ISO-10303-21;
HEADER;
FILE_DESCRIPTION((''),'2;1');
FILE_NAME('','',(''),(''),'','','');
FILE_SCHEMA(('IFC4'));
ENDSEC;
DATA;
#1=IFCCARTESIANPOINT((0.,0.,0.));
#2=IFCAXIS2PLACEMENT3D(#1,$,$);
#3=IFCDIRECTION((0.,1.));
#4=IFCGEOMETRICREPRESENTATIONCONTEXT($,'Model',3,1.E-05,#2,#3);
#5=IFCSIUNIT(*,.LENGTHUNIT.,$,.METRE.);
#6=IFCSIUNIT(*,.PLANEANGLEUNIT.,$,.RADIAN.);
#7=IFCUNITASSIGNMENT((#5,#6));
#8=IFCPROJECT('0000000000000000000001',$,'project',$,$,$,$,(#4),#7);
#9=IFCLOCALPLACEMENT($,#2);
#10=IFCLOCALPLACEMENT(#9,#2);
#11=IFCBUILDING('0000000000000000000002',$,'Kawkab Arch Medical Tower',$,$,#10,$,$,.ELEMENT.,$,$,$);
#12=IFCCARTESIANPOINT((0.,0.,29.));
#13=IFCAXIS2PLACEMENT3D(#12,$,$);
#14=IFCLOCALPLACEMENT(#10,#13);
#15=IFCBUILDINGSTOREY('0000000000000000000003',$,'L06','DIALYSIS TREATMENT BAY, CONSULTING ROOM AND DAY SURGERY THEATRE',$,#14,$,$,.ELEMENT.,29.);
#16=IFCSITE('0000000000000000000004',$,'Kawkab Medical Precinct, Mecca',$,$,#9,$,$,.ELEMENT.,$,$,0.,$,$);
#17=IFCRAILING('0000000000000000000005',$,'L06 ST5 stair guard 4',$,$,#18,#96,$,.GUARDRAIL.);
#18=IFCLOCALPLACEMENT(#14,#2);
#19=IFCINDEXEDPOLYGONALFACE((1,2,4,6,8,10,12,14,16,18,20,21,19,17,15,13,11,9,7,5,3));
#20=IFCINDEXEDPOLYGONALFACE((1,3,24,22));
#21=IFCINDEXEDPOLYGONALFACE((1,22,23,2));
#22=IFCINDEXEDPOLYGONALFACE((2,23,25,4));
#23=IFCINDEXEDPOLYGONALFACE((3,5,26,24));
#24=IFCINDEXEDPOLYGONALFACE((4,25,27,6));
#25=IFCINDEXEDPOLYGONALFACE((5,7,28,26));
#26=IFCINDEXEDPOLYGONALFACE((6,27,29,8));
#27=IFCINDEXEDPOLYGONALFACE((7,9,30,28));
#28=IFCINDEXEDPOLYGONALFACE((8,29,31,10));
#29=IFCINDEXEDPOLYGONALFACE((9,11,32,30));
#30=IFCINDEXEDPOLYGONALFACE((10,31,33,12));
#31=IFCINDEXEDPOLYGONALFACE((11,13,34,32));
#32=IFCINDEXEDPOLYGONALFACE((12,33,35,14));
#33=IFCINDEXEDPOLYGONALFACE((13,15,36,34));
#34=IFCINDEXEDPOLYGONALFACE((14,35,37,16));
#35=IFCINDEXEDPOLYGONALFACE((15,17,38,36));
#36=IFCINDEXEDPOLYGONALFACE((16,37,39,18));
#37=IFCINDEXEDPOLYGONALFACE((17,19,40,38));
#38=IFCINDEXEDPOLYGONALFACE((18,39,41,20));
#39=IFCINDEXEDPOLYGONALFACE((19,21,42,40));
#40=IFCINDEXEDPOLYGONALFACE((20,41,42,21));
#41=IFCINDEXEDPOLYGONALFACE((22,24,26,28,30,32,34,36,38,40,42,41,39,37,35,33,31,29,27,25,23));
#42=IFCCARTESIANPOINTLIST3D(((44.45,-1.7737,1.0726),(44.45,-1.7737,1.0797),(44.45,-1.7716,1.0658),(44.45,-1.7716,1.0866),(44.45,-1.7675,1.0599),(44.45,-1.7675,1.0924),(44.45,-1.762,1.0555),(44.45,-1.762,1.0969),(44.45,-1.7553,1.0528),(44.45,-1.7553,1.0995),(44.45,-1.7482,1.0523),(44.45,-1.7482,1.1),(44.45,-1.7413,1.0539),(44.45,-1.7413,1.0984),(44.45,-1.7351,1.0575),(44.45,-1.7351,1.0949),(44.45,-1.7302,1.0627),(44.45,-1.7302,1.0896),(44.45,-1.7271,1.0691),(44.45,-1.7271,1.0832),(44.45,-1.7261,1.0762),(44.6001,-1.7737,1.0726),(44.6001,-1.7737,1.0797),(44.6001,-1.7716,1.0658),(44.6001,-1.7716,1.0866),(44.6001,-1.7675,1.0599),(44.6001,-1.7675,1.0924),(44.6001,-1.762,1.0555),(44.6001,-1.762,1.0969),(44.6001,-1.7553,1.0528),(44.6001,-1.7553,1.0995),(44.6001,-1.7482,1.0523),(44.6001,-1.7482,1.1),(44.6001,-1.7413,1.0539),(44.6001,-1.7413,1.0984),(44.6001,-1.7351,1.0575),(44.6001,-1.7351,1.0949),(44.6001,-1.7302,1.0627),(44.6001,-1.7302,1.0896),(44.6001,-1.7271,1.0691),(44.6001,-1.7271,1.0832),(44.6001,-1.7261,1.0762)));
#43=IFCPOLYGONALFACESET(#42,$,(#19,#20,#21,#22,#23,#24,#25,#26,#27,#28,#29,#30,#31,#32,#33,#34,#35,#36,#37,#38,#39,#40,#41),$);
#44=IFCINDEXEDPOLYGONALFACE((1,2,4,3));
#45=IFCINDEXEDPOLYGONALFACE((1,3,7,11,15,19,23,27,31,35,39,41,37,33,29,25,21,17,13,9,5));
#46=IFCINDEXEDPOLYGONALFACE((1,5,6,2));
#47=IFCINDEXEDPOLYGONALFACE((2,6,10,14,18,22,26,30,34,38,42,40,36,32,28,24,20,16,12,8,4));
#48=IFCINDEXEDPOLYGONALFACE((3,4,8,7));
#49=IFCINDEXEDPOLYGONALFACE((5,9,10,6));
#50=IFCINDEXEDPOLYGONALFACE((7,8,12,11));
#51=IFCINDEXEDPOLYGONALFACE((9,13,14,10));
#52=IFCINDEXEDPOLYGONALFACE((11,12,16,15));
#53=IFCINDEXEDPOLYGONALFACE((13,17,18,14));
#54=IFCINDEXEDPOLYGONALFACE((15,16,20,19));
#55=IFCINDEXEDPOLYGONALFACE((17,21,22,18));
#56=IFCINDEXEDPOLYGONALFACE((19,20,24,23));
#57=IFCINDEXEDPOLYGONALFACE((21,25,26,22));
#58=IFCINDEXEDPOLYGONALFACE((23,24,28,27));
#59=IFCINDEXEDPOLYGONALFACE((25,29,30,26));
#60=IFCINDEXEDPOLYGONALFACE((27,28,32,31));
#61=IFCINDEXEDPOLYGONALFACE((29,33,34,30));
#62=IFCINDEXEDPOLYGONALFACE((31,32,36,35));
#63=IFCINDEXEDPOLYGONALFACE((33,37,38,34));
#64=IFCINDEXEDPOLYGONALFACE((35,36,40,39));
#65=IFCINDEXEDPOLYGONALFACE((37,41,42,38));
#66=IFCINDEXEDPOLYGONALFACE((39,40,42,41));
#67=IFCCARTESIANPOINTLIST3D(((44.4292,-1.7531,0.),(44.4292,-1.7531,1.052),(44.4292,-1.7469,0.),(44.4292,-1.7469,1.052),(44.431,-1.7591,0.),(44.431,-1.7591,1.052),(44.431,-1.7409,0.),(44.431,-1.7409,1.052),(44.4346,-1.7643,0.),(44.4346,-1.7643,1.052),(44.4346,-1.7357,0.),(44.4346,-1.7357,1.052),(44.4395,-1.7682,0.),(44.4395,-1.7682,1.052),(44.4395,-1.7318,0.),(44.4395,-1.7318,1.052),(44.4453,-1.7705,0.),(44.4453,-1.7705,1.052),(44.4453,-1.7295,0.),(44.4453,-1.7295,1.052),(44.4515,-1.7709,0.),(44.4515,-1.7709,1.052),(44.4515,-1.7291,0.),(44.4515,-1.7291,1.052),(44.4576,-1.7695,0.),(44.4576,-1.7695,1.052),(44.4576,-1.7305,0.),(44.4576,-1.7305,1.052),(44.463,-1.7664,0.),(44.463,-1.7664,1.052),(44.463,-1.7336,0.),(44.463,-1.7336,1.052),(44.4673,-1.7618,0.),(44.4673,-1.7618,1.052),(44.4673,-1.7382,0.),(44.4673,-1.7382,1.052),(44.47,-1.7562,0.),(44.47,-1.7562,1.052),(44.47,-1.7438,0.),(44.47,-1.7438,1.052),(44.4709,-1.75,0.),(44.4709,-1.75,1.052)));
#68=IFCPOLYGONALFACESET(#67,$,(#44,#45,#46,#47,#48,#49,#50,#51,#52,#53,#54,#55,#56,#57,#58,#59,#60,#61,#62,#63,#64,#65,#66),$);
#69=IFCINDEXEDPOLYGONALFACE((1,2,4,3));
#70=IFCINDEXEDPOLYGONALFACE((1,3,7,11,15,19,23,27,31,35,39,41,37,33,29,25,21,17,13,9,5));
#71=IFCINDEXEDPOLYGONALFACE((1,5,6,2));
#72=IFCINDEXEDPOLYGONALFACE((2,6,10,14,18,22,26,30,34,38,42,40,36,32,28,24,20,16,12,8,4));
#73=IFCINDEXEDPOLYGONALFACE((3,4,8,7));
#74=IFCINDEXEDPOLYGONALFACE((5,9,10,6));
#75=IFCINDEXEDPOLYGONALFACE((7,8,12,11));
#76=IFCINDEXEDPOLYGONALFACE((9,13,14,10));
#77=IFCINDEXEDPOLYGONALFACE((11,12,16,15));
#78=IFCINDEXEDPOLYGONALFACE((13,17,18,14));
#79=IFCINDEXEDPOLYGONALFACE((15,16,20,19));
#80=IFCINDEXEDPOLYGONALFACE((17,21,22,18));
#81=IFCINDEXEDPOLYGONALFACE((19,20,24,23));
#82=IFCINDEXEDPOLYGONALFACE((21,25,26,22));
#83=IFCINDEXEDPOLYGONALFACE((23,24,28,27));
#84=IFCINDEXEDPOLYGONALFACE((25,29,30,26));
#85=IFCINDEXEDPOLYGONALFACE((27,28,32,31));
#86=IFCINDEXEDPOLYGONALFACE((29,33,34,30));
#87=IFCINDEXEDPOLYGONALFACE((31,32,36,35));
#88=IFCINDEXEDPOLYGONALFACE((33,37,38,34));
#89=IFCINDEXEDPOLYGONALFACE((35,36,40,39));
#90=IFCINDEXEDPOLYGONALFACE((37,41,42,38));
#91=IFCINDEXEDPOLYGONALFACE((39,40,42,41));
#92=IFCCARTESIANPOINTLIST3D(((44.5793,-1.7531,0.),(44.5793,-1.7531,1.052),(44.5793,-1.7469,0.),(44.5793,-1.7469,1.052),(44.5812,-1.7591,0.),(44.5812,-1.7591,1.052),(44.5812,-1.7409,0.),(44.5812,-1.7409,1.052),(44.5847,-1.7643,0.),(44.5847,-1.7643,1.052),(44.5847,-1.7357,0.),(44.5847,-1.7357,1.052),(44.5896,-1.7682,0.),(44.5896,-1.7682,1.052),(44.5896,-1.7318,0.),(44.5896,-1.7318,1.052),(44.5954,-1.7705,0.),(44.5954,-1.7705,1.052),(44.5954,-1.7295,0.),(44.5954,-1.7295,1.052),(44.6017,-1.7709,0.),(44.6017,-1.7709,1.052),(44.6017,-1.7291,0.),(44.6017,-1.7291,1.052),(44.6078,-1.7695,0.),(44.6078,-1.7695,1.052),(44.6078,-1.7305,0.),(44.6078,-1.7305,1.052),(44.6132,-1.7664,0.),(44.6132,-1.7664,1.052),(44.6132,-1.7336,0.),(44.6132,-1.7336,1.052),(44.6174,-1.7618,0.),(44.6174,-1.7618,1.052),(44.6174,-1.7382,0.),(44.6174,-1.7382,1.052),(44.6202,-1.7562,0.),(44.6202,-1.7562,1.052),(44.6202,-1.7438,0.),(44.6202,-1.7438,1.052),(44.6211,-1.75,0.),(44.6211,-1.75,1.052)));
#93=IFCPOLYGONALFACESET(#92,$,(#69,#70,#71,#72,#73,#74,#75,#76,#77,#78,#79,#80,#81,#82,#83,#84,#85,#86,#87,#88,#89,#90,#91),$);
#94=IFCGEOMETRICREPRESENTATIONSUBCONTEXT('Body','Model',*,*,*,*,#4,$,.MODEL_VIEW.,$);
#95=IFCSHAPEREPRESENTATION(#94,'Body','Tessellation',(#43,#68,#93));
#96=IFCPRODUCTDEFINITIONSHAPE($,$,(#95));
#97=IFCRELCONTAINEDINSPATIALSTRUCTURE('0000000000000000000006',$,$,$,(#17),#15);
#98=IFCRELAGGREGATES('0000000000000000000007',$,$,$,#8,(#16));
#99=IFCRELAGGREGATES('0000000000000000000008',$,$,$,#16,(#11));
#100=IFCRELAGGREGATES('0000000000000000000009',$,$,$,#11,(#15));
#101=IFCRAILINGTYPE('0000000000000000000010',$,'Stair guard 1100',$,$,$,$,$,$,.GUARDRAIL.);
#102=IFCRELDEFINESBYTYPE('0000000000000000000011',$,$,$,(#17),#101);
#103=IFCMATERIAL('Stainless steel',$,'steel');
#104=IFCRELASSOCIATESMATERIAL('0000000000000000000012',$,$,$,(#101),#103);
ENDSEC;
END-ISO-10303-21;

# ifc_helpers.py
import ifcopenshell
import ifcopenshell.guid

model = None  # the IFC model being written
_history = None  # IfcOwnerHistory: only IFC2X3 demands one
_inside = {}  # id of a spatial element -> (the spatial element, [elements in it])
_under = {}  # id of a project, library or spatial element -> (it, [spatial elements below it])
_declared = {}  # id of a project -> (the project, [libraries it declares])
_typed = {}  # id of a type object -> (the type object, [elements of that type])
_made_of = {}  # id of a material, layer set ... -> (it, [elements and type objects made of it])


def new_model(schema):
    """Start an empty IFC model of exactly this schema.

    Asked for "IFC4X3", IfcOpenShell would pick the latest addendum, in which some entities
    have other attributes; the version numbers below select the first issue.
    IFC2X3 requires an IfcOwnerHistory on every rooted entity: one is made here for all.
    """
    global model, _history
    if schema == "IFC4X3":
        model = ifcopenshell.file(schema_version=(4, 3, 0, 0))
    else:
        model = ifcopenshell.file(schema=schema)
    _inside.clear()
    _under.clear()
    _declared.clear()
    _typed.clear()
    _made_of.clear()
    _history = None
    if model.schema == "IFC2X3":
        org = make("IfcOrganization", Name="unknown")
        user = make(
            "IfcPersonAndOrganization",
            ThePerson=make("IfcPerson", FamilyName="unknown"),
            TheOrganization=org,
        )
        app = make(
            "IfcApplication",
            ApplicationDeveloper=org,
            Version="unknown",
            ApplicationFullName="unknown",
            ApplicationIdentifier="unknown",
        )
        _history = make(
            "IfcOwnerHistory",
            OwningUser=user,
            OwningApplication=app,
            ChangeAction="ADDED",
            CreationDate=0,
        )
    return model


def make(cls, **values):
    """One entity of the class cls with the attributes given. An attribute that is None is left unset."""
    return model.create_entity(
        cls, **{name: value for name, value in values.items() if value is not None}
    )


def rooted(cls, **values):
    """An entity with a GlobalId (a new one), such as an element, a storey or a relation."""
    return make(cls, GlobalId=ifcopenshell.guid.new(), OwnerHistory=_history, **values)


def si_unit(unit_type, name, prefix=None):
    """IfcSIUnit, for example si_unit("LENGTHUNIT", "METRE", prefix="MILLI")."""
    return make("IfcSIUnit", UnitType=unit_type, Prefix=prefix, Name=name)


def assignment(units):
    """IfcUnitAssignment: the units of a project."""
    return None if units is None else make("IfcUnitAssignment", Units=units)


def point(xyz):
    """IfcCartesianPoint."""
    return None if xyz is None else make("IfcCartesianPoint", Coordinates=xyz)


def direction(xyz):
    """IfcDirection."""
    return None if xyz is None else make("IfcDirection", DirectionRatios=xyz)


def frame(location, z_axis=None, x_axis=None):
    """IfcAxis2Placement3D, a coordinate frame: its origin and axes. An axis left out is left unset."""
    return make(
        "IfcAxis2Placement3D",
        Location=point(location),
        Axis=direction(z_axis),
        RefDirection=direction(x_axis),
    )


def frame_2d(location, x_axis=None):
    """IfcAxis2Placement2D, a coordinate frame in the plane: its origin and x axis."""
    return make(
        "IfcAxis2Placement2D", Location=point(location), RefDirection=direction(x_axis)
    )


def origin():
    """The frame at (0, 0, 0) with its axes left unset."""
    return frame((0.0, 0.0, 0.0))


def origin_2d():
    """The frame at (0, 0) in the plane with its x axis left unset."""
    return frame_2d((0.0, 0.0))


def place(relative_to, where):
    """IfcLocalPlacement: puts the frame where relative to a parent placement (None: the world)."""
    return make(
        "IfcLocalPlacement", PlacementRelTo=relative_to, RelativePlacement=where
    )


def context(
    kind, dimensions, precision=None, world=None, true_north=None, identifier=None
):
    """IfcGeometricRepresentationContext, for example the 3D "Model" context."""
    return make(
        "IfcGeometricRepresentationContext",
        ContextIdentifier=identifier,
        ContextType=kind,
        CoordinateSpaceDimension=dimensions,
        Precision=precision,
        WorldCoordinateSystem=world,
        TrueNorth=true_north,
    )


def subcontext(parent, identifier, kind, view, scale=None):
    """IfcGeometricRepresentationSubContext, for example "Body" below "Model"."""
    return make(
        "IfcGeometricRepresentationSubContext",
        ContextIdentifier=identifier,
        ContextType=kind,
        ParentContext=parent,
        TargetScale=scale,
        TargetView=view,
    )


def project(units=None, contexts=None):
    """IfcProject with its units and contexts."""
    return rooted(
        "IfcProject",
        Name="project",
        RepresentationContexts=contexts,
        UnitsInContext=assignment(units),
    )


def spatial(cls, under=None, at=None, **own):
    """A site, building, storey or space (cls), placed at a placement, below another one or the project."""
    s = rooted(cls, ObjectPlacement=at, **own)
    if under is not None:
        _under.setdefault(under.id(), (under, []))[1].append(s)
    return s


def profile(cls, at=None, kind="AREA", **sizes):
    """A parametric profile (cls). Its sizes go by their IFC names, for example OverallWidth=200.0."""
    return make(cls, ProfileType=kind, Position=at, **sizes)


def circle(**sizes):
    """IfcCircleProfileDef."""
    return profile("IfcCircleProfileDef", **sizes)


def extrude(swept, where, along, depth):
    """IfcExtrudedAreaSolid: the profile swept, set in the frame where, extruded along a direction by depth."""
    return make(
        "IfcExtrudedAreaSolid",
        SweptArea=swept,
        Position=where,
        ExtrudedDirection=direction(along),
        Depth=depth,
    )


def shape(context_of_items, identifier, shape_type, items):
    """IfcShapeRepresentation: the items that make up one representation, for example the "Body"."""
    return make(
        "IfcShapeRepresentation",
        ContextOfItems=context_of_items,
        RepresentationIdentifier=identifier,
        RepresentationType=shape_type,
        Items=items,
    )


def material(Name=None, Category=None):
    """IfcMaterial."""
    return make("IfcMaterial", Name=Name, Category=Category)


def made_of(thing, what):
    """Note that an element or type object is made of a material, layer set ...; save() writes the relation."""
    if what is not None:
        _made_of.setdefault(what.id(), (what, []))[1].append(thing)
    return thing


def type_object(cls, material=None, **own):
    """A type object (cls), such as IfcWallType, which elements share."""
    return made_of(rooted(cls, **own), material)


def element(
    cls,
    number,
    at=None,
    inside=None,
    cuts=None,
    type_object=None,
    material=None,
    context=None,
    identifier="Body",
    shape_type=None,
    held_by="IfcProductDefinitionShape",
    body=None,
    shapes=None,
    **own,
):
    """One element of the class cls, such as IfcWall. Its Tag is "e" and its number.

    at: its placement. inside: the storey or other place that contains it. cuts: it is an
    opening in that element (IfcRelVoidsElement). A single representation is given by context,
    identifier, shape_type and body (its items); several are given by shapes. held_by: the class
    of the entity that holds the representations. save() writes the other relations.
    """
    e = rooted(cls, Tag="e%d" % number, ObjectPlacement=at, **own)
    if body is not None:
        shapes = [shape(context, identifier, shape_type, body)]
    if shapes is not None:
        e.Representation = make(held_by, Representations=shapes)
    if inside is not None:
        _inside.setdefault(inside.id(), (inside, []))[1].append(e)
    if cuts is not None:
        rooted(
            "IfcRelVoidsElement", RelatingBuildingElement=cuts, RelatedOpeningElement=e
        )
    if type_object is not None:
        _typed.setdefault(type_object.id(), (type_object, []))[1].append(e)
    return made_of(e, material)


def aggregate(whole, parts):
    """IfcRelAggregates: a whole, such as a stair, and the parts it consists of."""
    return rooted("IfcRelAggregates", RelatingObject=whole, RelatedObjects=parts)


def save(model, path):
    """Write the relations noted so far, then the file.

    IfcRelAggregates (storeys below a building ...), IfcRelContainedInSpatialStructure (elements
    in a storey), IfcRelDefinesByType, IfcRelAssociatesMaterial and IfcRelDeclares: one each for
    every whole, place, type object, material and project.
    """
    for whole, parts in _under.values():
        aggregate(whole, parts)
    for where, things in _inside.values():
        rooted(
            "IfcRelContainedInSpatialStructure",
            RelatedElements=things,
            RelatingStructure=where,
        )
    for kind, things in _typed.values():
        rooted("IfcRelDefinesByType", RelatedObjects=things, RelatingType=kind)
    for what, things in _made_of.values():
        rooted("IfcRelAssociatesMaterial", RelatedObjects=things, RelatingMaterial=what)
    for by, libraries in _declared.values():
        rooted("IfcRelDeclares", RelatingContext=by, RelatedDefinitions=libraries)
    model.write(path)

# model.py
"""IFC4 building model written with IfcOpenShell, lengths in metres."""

from ifc_helpers import new_model, si_unit, direction, frame, origin, origin_2d, place, context, subcontext, project, spatial, circle, extrude, material, type_object, element, save


model = new_model("IFC4")

# Units and contexts
model_context = context("Model", 3, precision=1e-05, world=origin(), true_north=direction((0.0, 1.0)))
body_context = subcontext(model_context, "Body", "Model", "MODEL_VIEW")
ifc_project = project(units=[si_unit("LENGTHUNIT", "METRE"), si_unit("PLANEANGLEUNIT", "RADIAN")], contexts=[model_context])

# Site, building, storey
site_placement = place(None, origin())
site = spatial("IfcSite", under=ifc_project, at=site_placement, Name="Kawkab Medical Precinct, Mecca", CompositionType="ELEMENT", RefElevation=0.0)
building_placement = place(site_placement, origin())
building = spatial("IfcBuilding", under=site, at=building_placement, Name="Kawkab Arch Medical Tower", CompositionType="ELEMENT")
storey_placement = place(building_placement, frame((0.0, 0.0, 29.0)))
storey = spatial("IfcBuildingStorey", under=building, at=storey_placement, Name="L06", Description="DIALYSIS TREATMENT BAY, CONSULTING ROOM AND DAY SURGERY THEATRE", CompositionType="ELEMENT", Elevation=29.0)

# Railing
ifc_material_1 = material(Name="Stainless steel", Category="steel")
railing_type = type_object("IfcRailingType", Name="Stair guard 1100", PredefinedType="GUARDRAIL", material=ifc_material_1)
railing_1_placement = place(storey_placement, frame((44.45, -1.75, 0.0)))
element("IfcRailing", 1, at=railing_1_placement, inside=storey, type_object=railing_type, Name="L06 ST5 stair guard 4", PredefinedType="GUARDRAIL", context=body_context, shape_type="SweptSolid", body=[
    extrude(circle(Radius=0.0239, at=origin_2d()), frame((0.0, 0.0, 1.0762), z_axis=(1.0, 0.0, 0.0), x_axis=(0.0, 1.0, 0.0)), (0.0, 0.0, 1.0), 0.1501),
    extrude(circle(Radius=0.021, at=origin_2d()), origin(), (0.0, 0.0, 1.0), 1.052),
    extrude(circle(Radius=0.021, at=origin_2d()), frame((0.1501, 0.0, 0.0)), (0.0, 0.0, 1.0), 1.052),
])

save(model, "model.ifc")
